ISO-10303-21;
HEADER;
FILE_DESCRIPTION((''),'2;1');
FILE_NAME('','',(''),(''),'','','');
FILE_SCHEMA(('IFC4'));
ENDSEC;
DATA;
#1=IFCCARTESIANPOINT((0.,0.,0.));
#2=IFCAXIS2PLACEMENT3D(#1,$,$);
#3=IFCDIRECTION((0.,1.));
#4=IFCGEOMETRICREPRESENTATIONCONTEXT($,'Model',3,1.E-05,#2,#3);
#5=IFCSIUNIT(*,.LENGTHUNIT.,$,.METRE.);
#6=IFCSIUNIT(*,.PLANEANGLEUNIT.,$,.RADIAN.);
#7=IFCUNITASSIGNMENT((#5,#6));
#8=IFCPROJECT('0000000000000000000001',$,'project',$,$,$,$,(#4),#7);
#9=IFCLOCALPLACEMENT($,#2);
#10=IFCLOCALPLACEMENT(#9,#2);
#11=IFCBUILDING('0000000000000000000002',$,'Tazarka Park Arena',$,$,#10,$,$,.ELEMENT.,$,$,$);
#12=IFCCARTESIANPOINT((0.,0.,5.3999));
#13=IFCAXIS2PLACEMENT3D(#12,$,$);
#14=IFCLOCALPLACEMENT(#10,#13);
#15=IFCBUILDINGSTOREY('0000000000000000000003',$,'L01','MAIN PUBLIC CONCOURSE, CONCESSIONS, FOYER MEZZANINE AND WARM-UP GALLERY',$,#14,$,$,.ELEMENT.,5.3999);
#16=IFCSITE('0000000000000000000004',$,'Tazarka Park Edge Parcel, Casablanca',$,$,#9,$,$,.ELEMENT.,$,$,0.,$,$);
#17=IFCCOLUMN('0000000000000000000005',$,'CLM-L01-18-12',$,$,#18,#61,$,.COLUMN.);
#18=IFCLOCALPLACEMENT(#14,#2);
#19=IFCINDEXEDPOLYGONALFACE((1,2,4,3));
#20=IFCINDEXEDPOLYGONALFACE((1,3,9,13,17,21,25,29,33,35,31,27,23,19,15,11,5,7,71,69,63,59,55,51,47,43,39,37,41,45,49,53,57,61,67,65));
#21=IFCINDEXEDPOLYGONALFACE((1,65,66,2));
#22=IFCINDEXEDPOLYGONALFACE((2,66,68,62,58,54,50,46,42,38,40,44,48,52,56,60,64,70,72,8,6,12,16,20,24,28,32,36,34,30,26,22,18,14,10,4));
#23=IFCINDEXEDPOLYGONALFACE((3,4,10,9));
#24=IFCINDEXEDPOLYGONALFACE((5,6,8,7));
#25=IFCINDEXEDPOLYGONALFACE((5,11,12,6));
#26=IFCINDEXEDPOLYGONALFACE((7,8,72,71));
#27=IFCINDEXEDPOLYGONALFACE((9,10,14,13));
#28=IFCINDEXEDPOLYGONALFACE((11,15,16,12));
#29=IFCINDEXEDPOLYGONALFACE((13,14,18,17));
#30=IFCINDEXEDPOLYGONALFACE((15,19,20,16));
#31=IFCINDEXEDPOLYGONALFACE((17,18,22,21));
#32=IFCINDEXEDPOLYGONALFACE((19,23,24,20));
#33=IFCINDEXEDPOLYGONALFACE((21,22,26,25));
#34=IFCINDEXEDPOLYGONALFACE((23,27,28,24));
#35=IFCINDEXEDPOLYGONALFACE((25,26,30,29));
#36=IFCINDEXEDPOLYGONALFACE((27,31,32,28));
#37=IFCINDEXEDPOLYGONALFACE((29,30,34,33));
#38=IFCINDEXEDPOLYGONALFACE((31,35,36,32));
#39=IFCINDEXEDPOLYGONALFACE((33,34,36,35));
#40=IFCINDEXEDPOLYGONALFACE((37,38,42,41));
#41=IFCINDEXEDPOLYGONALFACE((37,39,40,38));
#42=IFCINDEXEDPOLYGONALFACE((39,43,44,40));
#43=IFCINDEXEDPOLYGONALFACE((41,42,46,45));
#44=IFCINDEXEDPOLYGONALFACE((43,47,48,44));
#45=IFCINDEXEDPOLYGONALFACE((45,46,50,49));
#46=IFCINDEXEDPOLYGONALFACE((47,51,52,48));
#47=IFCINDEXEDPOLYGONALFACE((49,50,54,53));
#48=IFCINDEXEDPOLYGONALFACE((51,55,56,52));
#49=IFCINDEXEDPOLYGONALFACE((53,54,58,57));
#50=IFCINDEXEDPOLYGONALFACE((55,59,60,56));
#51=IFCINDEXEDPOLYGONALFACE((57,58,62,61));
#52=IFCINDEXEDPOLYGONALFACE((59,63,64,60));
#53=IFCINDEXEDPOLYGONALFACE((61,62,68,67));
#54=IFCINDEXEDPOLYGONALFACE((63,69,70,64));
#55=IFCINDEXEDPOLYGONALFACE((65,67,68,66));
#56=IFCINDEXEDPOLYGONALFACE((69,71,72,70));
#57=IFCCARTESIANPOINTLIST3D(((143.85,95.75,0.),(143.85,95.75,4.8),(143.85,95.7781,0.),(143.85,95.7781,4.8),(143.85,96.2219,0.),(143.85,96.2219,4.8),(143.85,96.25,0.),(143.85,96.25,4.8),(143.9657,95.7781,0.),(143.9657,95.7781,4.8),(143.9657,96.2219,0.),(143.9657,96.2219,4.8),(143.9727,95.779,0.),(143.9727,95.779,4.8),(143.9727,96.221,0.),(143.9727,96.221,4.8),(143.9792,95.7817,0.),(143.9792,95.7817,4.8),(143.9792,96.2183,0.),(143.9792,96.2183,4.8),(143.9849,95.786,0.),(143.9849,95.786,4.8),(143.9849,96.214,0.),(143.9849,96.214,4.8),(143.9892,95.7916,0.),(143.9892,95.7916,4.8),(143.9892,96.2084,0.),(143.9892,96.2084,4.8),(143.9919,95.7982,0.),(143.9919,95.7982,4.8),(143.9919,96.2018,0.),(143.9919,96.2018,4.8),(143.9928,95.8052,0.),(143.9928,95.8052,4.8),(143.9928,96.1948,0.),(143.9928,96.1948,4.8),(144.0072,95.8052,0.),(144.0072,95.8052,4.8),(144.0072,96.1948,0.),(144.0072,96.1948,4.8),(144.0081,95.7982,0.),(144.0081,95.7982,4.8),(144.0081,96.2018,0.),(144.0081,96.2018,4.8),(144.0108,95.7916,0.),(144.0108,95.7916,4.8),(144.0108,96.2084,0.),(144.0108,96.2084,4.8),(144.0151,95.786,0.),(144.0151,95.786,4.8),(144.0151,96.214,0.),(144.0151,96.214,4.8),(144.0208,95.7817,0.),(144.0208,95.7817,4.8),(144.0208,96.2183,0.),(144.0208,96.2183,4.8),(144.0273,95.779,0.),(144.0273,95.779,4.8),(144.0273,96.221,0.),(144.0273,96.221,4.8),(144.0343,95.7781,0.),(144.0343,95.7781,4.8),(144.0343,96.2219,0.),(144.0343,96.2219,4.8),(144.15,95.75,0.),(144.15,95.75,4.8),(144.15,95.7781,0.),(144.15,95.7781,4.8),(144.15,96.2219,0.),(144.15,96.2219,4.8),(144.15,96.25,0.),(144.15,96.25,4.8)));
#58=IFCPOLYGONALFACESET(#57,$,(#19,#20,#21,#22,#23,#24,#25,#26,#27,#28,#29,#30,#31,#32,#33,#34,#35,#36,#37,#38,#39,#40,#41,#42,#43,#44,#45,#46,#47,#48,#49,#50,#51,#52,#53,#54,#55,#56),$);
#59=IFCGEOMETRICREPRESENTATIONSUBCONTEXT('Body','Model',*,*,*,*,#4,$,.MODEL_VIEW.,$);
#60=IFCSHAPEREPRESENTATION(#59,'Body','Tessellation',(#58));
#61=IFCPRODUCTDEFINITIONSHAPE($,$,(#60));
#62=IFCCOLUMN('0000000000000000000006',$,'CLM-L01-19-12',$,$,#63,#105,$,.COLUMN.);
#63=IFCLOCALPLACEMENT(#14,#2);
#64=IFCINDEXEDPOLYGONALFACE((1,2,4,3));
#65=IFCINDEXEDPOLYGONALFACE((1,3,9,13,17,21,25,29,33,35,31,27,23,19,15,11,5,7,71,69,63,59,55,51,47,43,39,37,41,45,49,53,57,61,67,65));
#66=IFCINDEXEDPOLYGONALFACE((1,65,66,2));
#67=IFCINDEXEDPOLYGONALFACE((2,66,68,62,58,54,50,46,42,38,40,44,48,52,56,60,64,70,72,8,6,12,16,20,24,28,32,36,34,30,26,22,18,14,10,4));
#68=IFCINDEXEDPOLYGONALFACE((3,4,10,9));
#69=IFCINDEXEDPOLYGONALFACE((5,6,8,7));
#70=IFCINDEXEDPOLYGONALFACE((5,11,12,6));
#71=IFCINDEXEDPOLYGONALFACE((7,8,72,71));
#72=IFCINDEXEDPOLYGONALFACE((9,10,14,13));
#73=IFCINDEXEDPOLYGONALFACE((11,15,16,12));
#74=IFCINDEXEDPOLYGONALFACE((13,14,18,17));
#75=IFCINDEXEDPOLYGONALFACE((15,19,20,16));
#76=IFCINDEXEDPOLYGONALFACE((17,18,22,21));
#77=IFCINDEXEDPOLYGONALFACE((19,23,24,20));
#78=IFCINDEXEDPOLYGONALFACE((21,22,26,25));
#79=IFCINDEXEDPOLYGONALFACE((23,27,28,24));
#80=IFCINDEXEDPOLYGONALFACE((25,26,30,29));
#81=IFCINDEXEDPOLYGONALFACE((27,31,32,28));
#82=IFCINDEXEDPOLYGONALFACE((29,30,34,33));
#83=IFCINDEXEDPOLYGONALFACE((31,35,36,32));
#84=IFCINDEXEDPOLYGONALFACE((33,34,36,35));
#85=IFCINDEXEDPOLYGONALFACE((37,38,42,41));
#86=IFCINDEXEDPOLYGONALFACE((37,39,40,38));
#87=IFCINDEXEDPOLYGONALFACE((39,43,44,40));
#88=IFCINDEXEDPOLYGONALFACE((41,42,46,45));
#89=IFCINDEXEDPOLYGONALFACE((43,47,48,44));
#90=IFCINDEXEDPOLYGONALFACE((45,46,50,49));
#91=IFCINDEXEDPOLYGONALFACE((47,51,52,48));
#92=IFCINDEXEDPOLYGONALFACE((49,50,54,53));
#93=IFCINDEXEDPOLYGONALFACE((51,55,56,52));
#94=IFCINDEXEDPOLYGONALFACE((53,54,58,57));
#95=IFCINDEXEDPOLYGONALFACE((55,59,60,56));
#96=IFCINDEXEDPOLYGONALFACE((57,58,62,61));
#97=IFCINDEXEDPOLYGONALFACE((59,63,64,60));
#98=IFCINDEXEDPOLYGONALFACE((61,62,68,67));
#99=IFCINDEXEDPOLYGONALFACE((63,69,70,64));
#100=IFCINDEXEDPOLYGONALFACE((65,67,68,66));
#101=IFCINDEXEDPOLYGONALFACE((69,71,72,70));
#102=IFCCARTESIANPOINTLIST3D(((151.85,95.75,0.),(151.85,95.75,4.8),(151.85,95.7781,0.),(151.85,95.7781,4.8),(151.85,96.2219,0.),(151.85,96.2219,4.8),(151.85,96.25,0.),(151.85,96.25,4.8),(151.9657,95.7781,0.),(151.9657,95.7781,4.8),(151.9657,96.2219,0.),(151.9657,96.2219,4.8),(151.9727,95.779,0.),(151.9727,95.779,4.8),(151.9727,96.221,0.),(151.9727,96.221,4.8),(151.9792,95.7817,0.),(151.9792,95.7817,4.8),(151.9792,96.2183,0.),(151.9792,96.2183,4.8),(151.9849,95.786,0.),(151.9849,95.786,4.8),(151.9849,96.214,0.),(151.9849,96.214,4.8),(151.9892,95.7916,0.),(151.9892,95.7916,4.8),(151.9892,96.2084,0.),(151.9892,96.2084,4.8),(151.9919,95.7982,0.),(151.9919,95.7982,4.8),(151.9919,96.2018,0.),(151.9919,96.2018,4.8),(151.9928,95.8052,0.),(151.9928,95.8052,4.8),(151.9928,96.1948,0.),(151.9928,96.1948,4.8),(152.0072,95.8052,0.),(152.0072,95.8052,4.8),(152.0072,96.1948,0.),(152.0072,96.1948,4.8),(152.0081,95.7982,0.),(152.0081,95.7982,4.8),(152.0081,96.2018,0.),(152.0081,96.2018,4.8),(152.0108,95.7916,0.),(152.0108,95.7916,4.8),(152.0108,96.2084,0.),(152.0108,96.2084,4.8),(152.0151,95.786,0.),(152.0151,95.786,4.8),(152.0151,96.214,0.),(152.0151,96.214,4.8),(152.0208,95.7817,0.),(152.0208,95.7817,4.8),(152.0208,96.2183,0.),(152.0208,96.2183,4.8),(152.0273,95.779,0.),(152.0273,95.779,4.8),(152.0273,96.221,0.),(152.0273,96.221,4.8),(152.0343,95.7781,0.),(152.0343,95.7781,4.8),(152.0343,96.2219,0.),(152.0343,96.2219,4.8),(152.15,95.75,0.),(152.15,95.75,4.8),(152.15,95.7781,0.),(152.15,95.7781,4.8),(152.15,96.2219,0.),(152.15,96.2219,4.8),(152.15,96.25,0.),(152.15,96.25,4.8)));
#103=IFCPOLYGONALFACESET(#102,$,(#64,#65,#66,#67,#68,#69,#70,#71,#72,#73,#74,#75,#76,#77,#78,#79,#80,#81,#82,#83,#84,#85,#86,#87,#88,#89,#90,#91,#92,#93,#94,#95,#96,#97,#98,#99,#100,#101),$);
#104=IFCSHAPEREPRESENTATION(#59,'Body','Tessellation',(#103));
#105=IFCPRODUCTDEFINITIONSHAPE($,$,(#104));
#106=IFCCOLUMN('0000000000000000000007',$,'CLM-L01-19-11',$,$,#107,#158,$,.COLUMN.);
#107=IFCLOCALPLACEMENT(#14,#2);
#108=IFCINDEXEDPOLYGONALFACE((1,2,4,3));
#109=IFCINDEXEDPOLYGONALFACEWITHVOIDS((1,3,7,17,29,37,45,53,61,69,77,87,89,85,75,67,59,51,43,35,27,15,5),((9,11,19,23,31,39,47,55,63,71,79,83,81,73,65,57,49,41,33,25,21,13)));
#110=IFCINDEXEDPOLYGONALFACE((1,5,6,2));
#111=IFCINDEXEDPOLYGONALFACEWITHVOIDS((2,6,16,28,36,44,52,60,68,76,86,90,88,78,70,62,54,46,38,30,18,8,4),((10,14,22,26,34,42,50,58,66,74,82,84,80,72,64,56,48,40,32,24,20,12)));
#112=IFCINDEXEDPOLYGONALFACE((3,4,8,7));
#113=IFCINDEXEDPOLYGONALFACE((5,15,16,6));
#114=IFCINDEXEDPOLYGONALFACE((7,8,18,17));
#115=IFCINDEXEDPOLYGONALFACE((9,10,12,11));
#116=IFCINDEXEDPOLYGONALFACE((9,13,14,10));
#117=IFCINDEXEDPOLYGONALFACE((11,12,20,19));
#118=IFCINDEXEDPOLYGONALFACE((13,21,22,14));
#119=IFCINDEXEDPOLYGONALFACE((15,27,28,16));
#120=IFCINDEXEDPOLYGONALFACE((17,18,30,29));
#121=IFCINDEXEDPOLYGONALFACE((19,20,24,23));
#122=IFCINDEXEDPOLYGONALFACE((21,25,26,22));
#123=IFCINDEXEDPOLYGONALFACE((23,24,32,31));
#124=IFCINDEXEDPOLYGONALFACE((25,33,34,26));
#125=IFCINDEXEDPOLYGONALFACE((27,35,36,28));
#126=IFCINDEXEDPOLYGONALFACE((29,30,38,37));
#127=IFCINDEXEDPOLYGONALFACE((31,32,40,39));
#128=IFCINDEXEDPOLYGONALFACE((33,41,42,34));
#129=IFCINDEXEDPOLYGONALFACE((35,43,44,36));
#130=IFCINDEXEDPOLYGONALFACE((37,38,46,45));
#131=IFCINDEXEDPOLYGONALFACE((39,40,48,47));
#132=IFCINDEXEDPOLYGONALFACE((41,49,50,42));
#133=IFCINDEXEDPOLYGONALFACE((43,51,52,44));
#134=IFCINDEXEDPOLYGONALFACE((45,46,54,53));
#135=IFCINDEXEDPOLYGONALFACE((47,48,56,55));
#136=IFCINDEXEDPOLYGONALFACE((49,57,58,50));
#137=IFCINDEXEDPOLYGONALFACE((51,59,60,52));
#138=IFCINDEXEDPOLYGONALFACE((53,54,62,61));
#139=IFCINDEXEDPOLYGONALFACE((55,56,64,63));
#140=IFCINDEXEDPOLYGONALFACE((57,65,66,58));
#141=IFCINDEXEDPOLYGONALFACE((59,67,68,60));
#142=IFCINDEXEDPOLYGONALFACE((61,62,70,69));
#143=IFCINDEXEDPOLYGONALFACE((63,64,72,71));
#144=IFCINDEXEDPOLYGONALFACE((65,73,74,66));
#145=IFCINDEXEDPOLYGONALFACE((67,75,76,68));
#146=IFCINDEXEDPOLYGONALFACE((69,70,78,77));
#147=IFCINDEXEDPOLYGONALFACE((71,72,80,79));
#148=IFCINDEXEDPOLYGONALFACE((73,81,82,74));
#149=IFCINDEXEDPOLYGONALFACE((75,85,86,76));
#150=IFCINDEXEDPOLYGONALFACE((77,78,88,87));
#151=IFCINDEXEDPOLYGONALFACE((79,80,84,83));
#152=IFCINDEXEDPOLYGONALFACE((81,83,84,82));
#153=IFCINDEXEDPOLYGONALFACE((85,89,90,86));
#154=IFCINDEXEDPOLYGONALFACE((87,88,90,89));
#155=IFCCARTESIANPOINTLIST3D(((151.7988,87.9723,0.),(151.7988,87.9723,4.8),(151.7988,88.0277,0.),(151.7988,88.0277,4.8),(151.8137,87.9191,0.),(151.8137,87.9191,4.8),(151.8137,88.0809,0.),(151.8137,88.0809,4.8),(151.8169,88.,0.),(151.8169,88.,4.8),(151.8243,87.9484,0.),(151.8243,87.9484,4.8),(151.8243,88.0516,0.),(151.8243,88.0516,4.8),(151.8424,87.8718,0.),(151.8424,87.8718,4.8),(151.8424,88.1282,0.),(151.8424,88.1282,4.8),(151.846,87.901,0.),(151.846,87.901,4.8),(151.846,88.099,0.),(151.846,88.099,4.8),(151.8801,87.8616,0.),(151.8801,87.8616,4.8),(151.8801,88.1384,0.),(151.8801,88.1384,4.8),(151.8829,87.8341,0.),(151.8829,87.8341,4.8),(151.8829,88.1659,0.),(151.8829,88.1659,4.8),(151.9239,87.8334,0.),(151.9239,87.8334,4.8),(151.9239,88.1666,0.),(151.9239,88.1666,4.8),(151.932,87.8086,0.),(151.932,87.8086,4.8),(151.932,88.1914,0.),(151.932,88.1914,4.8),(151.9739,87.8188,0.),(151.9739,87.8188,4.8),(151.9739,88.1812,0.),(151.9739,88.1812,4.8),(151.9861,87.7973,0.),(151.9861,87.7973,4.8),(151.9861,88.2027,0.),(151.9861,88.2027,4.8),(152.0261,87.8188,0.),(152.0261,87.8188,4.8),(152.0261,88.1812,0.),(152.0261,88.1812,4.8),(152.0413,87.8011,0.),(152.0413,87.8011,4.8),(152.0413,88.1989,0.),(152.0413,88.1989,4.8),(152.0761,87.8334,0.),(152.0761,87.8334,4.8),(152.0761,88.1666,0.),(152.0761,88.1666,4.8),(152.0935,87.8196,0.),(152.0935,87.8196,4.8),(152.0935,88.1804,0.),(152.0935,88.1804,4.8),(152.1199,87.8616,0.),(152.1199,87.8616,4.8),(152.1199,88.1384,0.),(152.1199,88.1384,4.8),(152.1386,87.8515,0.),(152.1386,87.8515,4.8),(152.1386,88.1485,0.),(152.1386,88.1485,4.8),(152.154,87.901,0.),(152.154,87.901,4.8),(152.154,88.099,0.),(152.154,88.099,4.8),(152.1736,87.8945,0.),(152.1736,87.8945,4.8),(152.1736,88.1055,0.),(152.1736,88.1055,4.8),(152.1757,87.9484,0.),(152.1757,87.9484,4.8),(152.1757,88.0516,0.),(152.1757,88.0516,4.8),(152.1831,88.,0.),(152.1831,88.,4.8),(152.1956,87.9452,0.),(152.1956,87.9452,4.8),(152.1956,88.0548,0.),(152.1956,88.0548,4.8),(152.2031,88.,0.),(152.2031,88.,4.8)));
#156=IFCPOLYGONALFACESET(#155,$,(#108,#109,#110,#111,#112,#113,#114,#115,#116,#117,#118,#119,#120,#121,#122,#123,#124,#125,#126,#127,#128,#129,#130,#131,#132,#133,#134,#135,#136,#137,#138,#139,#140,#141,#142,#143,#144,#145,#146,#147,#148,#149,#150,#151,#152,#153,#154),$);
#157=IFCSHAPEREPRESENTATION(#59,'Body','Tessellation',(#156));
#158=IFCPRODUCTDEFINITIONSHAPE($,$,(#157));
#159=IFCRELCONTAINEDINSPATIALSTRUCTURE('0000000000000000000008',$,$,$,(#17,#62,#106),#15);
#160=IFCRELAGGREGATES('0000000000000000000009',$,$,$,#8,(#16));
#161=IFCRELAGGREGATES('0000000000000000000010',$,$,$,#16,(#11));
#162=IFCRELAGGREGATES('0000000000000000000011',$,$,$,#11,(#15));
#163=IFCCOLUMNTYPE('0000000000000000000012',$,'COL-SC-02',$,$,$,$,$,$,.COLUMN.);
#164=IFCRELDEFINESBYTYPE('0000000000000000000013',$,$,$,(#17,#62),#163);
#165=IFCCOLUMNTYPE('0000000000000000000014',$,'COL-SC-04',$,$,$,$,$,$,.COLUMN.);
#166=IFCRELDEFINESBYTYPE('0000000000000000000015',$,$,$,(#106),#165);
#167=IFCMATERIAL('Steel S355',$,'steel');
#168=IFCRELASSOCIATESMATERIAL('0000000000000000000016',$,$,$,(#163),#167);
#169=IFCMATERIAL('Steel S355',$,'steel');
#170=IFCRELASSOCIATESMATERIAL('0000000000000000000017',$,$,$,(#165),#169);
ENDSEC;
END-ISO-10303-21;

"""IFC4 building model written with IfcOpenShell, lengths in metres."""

from ifc_helpers import new_model, si_unit, direction, frame, origin, origin_2d, place, context, subcontext, project, spatial, hollow_circle, i_section, extrude, material, material_profile, profile_set, type_object, element, save


model = new_model("IFC4")

# Units and contexts
model_context = context("Model", 3, precision=1e-05, world=origin(), true_north=direction((0.0, 1.0)))
body_context = subcontext(model_context, "Body", "Model", "MODEL_VIEW")
ifc_project = project(units=[si_unit("LENGTHUNIT", "METRE"), si_unit("PLANEANGLEUNIT", "RADIAN")], contexts=[model_context])

# Site, building, storey
site_placement = place(None, origin())
site = spatial("IfcSite", under=ifc_project, at=site_placement, Name="Tazarka Park Edge Parcel, Casablanca", CompositionType="ELEMENT", RefElevation=0.0)
building_placement = place(site_placement, origin())
building = spatial("IfcBuilding", under=site, at=building_placement, Name="Tazarka Park Arena", CompositionType="ELEMENT")
storey_placement = place(building_placement, frame((0.0, 0.0, 5.3999)))
storey = spatial("IfcBuildingStorey", under=building, at=storey_placement, Name="L01", Description="MAIN PUBLIC CONCOURSE, CONCESSIONS, FOYER MEZZANINE AND WARM-UP GALLERY", CompositionType="ELEMENT", Elevation=5.3999)

# Columns
ifc_material_1 = material(Name="Steel S355", Category="steel")
ifc_material_profile_1 = material_profile(ifc_material_1, i_section(OverallWidth=0.3, OverallDepth=0.5, WebThickness=0.0144, FlangeThickness=0.0281, FilletRadius=0.0271, at=origin_2d()), Name="Steel S355")
ifc_profile_set_1 = profile_set([ifc_material_profile_1], Name="Steel S355")
column_type_1 = type_object("IfcColumnType", Name="COL-SC-02", PredefinedType="COLUMN", material=ifc_profile_set_1)
for number, where, z_axis, x_axis, name in (
    (1, (144.0, 96.0, 0.0), (0.0, 0.0, 1.0), (1.0, 0.0, 0.0), "CLM-L01-18-12"),
    (2, (152.0, 96.0, 0.0), (0.0, 0.0, 1.0), (1.0, 0.0, 0.0), "CLM-L01-19-12"),
):
    element("IfcColumn", number, at=place(storey_placement, frame(where, z_axis=z_axis, x_axis=x_axis)), inside=storey, type_object=column_type_1, Name=name, PredefinedType="COLUMN", context=body_context, shape_type="SweptSolid", body=[
        extrude(i_section(OverallWidth=0.3, OverallDepth=0.5, WebThickness=0.0144, FlangeThickness=0.0281, FilletRadius=0.0271, at=origin_2d()), origin(), (0.0, 0.0, 1.0), 4.8),
    ])
ifc_material_2 = material(Name="Steel S355", Category="steel")
ifc_material_profile_2 = material_profile(ifc_material_2, hollow_circle(Radius=0.2031, WallThickness=0.02, at=origin_2d()), Name="Steel S355")
ifc_profile_set_2 = profile_set([ifc_material_profile_2], Name="Steel S355")
column_type_2 = type_object("IfcColumnType", Name="COL-SC-04", PredefinedType="COLUMN", material=ifc_profile_set_2)
for number, where, z_axis, x_axis, name in (
    (3, (152.0, 88.0, 0.0), (0.0, 0.0, 1.0), (1.0, 0.0, 0.0), "CLM-L01-19-11"),
):
    element("IfcColumn", number, at=place(storey_placement, frame(where, z_axis=z_axis, x_axis=x_axis)), inside=storey, type_object=column_type_2, Name=name, PredefinedType="COLUMN", context=body_context, shape_type="SweptSolid", body=[
        extrude(hollow_circle(Radius=0.2031, WallThickness=0.02, at=origin_2d()), origin(), (0.0, 0.0, 1.0), 4.8),
    ])

save(model, "model.ifc")
